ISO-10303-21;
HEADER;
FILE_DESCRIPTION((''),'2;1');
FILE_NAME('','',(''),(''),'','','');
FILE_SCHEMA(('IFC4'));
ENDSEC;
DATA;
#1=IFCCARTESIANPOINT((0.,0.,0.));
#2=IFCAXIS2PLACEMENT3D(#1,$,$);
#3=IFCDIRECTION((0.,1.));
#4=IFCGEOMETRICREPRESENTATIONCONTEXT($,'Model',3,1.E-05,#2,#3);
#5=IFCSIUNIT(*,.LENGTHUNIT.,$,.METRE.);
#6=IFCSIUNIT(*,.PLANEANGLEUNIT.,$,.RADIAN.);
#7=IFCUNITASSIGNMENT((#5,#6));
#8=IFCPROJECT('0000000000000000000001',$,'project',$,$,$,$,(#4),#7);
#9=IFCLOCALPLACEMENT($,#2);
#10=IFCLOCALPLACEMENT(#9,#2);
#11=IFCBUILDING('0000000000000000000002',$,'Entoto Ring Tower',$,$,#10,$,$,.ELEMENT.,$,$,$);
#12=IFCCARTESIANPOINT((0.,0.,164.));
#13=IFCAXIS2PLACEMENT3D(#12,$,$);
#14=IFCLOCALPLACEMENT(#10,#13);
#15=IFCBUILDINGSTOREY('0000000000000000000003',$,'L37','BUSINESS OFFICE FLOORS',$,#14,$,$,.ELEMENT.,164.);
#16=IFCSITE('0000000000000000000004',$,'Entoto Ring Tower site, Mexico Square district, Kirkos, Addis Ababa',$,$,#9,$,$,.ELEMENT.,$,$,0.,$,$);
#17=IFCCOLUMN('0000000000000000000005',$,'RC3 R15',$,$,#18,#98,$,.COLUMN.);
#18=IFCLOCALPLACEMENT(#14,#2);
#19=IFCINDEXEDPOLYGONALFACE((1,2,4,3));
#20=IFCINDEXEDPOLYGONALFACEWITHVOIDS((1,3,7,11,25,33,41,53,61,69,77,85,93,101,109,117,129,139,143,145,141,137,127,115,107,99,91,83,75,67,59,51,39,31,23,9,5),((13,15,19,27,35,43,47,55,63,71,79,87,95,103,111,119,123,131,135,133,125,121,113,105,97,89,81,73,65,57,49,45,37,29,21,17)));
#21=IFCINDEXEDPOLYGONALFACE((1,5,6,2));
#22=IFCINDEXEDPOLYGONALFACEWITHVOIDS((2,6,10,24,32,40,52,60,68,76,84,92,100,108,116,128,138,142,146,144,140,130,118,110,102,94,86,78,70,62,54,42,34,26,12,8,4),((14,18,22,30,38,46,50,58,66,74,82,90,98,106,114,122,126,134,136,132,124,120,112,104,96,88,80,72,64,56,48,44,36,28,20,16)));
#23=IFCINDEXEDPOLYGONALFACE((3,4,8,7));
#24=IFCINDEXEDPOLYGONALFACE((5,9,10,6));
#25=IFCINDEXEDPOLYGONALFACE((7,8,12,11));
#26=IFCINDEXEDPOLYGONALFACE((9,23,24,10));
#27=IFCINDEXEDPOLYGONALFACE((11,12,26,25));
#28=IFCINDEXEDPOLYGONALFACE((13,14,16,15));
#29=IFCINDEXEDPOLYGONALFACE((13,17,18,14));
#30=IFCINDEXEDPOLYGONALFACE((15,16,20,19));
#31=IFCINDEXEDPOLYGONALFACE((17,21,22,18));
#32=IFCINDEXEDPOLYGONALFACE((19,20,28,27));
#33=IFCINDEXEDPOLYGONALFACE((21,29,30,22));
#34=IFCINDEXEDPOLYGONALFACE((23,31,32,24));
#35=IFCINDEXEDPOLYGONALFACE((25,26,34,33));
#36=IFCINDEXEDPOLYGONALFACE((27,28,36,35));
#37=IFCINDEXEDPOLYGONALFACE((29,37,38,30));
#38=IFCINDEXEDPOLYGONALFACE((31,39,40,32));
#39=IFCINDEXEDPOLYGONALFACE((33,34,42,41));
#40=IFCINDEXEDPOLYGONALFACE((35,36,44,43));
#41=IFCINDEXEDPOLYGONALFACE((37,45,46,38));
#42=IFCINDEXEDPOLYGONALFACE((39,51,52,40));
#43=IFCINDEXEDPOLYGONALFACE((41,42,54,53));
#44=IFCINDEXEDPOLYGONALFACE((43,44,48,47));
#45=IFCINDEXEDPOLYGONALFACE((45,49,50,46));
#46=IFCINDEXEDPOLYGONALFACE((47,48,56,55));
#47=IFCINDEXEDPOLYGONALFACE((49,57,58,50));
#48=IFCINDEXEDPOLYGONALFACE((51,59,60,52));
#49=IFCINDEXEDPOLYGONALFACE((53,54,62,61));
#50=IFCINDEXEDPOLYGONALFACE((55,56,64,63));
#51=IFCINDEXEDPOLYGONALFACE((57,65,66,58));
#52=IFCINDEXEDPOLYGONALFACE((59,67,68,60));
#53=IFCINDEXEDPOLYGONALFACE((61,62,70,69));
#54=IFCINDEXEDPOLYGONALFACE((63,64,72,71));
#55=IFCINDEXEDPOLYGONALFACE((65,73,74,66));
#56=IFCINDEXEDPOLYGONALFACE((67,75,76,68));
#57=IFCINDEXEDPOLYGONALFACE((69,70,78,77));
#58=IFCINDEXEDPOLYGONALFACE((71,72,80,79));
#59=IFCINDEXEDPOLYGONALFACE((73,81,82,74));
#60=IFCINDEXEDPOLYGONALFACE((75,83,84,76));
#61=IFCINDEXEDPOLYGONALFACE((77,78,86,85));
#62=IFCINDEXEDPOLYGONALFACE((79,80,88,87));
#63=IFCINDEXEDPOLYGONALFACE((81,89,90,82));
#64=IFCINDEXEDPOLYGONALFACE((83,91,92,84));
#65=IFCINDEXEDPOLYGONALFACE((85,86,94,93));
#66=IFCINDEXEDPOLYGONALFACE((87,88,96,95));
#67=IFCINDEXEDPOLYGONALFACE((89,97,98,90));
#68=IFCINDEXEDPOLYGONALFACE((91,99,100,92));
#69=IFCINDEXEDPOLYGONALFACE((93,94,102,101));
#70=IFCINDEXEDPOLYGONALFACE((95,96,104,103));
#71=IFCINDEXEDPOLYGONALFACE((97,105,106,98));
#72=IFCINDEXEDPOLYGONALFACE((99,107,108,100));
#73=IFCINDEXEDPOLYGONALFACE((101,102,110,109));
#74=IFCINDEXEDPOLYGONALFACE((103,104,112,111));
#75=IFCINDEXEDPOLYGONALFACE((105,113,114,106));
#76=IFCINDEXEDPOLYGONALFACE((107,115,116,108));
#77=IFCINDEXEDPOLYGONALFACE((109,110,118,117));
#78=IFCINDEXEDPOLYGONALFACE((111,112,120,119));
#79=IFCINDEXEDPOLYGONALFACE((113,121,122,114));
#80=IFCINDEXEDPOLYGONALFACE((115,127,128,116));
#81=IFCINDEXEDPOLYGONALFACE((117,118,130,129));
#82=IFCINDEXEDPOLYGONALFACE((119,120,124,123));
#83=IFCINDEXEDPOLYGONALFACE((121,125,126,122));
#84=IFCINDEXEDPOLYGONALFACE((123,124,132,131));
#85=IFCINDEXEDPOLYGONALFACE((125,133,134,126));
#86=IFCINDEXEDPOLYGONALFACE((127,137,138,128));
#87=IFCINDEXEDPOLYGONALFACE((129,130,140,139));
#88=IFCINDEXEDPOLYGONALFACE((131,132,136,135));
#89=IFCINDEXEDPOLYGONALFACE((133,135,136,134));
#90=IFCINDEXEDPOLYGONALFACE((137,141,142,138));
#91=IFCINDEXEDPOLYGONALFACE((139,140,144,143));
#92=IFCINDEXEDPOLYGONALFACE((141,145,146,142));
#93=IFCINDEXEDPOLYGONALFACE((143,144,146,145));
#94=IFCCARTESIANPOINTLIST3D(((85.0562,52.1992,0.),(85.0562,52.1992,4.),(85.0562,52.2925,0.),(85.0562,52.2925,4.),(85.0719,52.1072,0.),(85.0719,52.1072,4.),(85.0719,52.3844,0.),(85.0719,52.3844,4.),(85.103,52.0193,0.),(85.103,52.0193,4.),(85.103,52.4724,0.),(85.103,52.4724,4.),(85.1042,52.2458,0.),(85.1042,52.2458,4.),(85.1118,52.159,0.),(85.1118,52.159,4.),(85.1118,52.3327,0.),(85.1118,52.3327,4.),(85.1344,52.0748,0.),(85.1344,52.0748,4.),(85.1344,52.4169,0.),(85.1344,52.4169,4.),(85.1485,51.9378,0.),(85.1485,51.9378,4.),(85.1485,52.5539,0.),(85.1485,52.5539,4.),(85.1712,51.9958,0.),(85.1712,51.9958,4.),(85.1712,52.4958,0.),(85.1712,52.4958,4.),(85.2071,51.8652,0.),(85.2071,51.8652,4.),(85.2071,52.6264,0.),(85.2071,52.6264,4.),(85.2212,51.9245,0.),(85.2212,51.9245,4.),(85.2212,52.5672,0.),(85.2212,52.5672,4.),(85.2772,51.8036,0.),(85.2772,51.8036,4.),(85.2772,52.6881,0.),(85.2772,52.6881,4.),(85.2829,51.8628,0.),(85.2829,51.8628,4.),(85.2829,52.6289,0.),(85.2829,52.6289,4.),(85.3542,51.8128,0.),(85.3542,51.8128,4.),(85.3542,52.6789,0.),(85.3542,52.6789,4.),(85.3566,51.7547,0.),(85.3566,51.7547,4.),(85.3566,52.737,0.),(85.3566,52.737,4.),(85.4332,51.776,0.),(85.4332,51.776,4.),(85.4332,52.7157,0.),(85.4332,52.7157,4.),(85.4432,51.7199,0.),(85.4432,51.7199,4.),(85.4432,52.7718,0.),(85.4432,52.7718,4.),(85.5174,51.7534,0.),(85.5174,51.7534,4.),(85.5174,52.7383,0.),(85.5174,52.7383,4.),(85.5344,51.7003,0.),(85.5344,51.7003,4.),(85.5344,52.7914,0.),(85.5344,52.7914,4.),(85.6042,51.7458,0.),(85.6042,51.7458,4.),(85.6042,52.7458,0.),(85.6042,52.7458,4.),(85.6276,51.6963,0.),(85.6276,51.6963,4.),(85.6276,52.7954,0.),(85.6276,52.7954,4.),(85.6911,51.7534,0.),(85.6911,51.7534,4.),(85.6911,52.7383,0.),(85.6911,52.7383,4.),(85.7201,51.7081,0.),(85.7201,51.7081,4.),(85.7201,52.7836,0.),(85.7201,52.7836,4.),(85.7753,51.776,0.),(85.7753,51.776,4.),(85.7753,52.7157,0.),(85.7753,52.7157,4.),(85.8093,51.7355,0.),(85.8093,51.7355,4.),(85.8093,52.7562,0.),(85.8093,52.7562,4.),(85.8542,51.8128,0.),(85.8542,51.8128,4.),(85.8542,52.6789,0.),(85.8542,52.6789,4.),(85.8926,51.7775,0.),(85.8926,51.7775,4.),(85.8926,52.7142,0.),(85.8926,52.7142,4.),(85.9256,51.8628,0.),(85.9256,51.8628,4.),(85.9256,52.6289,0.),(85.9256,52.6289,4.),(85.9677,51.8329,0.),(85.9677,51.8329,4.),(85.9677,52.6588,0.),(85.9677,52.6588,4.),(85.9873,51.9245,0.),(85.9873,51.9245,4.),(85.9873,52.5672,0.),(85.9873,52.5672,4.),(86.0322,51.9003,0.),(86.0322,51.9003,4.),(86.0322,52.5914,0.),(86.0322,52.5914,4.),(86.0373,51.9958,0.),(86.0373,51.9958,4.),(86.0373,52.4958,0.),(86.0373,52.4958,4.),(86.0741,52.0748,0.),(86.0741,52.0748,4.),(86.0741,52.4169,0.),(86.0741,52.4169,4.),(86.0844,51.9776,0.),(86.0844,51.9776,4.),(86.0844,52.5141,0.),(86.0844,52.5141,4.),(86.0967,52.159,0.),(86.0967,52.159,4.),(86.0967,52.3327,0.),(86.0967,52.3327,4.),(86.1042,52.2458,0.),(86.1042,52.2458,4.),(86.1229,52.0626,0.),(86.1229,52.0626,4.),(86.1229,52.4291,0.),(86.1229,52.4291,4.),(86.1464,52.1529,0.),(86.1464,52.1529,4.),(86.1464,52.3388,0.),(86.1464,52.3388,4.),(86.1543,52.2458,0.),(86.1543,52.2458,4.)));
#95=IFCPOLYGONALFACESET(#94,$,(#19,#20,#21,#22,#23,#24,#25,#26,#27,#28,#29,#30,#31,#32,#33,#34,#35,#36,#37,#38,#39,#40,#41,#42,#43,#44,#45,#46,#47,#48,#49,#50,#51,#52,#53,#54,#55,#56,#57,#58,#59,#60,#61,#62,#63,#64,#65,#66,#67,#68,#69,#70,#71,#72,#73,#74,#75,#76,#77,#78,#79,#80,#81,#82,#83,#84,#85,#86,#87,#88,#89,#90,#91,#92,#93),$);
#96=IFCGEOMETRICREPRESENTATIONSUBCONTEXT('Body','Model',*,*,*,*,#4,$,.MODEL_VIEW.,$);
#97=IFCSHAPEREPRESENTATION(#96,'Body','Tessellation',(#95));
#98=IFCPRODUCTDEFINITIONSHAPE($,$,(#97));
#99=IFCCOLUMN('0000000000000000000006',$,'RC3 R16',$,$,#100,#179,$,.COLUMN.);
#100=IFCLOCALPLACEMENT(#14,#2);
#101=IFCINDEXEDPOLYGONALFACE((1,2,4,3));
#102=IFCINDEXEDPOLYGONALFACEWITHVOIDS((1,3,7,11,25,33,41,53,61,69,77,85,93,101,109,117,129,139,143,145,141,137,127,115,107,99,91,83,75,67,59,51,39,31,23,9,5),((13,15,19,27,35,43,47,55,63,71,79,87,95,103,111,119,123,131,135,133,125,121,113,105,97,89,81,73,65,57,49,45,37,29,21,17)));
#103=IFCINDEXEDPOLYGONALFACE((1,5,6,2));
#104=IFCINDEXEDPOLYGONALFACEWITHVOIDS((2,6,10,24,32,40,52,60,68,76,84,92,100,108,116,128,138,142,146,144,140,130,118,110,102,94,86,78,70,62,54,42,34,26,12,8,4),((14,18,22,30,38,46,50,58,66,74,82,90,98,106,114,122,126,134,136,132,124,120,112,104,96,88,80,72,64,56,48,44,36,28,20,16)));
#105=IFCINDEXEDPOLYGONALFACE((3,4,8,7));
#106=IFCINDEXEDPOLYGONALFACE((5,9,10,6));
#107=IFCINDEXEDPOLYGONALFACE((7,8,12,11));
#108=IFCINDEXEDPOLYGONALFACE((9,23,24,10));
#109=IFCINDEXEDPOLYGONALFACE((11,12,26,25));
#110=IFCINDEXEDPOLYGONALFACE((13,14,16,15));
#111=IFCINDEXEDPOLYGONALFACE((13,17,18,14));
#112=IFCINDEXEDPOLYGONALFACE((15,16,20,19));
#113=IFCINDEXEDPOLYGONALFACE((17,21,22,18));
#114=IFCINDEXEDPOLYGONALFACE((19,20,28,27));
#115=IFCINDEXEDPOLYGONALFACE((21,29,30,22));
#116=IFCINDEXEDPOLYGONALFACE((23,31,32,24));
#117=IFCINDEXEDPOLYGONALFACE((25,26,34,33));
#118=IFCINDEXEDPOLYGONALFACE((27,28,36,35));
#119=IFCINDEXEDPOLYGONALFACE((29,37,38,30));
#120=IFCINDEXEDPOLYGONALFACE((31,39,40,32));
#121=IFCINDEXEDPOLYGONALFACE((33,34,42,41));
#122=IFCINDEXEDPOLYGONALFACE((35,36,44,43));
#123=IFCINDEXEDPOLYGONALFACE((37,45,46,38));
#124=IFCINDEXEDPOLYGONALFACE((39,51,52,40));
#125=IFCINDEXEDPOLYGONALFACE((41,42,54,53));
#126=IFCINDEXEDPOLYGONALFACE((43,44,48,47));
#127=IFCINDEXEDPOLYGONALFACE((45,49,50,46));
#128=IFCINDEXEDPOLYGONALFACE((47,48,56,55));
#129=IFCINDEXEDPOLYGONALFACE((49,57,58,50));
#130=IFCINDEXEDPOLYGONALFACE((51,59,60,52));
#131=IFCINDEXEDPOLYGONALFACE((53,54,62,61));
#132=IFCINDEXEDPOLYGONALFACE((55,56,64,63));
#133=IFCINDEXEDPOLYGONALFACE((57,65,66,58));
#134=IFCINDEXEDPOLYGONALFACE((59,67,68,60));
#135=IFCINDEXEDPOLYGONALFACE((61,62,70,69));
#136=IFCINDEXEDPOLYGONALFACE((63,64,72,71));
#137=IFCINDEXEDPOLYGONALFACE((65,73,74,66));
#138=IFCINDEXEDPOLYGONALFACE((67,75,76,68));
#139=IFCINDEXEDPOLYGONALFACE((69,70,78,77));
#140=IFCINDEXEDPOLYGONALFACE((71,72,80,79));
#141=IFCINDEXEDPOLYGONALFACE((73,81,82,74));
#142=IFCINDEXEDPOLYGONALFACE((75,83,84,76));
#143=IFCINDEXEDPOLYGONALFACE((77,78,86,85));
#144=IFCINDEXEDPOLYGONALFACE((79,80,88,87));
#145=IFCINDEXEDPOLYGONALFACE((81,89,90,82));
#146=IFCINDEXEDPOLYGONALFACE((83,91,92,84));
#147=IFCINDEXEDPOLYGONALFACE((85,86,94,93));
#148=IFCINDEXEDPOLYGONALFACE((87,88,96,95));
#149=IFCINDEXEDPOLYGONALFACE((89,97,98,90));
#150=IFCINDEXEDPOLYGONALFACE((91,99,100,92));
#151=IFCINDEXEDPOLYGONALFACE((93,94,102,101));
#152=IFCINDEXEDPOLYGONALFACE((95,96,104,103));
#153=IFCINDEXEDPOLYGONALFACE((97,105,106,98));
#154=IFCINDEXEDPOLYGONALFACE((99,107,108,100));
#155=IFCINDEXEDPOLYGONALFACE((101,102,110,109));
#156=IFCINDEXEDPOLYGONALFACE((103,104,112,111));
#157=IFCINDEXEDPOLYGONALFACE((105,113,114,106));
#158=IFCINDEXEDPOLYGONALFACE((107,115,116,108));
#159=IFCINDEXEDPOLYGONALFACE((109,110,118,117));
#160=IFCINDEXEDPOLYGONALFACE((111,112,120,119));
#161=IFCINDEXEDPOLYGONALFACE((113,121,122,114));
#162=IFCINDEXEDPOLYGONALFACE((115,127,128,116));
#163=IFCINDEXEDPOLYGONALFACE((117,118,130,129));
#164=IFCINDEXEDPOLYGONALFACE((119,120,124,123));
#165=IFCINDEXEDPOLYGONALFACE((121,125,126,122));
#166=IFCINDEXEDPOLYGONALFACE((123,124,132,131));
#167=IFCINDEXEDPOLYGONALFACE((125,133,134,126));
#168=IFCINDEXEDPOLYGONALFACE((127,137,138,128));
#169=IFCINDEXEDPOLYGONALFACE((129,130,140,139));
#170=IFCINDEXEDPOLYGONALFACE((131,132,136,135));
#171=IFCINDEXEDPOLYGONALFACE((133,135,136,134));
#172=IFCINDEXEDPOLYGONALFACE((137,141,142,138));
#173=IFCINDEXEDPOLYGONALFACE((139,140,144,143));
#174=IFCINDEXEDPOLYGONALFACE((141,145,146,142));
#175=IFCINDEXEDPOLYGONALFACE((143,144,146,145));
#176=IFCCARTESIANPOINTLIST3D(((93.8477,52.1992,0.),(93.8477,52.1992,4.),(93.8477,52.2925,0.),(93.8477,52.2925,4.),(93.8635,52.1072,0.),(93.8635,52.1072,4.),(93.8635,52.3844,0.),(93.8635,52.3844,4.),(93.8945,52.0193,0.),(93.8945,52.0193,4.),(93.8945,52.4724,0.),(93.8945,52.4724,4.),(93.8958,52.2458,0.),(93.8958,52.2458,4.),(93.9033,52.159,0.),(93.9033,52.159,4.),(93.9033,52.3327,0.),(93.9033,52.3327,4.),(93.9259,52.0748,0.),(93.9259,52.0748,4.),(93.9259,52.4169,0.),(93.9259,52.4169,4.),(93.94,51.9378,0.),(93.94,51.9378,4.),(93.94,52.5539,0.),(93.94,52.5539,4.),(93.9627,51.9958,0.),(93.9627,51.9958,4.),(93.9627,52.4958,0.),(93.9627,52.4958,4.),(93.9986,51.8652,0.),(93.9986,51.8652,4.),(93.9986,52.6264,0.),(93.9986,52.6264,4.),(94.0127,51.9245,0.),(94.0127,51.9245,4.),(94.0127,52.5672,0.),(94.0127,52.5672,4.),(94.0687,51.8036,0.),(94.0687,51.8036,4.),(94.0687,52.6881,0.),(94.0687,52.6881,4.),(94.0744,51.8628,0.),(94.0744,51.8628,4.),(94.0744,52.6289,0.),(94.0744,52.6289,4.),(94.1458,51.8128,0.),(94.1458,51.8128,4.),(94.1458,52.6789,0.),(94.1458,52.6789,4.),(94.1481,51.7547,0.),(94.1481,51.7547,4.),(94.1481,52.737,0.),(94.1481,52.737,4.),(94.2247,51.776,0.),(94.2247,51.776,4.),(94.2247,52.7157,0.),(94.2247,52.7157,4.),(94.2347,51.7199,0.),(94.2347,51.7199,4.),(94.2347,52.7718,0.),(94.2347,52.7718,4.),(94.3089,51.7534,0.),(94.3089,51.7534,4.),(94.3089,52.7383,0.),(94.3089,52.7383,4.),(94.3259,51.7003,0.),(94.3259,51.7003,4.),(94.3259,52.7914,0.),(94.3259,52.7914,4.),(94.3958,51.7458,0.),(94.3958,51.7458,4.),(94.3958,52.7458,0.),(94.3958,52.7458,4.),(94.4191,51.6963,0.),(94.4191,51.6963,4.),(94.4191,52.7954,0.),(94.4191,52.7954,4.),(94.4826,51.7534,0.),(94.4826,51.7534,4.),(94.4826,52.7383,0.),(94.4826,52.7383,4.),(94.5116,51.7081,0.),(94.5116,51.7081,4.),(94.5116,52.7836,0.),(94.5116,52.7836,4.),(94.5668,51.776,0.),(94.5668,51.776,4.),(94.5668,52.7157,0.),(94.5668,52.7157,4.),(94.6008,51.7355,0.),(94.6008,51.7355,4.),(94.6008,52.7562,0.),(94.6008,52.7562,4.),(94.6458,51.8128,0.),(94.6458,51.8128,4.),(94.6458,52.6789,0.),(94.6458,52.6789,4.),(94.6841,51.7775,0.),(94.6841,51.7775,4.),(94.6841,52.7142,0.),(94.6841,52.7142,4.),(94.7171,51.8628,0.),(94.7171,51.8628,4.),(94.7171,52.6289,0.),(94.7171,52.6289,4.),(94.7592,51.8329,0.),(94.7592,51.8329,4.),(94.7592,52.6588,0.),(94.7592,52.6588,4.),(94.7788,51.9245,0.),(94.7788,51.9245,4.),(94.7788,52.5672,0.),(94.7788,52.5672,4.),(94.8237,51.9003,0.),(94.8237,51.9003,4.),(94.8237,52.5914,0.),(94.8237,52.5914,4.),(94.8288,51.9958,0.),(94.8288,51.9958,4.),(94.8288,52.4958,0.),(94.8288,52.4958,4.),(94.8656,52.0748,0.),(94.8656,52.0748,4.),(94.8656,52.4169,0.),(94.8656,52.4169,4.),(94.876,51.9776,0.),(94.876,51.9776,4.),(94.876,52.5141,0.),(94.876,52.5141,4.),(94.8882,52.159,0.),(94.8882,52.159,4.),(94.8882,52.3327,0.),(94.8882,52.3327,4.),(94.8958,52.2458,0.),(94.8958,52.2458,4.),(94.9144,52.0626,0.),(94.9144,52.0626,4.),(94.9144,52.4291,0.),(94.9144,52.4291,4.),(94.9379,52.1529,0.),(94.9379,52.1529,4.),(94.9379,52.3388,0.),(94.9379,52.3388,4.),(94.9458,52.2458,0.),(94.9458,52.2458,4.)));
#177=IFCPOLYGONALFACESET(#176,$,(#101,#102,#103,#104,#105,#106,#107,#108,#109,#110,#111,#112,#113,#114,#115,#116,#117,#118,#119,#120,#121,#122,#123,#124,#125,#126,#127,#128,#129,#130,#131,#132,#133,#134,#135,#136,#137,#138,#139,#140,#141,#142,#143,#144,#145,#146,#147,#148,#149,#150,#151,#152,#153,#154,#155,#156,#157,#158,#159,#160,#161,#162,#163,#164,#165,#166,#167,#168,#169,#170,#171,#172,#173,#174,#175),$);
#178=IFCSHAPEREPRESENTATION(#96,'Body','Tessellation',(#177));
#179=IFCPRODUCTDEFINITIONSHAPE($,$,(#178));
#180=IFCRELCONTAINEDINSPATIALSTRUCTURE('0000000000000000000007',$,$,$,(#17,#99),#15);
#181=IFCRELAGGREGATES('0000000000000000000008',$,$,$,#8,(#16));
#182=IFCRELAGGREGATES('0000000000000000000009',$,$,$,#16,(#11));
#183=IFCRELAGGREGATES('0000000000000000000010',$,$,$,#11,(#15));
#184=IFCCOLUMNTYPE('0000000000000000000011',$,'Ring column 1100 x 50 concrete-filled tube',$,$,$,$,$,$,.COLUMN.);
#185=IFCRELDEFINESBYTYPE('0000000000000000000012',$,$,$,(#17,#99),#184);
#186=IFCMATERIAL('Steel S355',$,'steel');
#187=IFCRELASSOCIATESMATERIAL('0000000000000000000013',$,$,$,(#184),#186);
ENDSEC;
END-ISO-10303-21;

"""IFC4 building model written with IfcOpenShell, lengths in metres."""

from ifc_helpers import new_model, si_unit, direction, frame, origin, origin_2d, place, context, subcontext, project, spatial, circle, hollow_circle, extrude, material, material_profile, profile_set, type_object, element, save


model = new_model("IFC4")

# Units and contexts
model_context = context("Model", 3, precision=1e-05, world=origin(), true_north=direction((0.0, 1.0)))
body_context = subcontext(model_context, "Body", "Model", "MODEL_VIEW")
ifc_project = project(units=[si_unit("LENGTHUNIT", "METRE"), si_unit("PLANEANGLEUNIT", "RADIAN")], contexts=[model_context])

# Site, building, storey
site_placement = place(None, origin())
site = spatial("IfcSite", under=ifc_project, at=site_placement, Name="Entoto Ring Tower site, Mexico Square district, Kirkos, Addis Ababa", CompositionType="ELEMENT", RefElevation=0.0)
building_placement = place(site_placement, origin())
building = spatial("IfcBuilding", under=site, at=building_placement, Name="Entoto Ring Tower", CompositionType="ELEMENT")
storey_placement = place(building_placement, frame((0.0, 0.0, 164.0)))
storey = spatial("IfcBuildingStorey", under=building, at=storey_placement, Name="L37", Description="BUSINESS OFFICE FLOORS", CompositionType="ELEMENT", Elevation=164.0)

# Columns
ifc_material_1 = material(Name="Steel S355", Category="steel")
ifc_material_profile_1 = material_profile(ifc_material_1, hollow_circle(Radius=0.55, WallThickness=0.05, at=origin_2d()), Name="CHS 1100 x 50")
ifc_material_2 = material(Name="Concrete C60/75", Category="concrete")
ifc_material_profile_2 = material_profile(ifc_material_2, circle(Radius=0.5, at=origin_2d()), Name="Concrete C60/75 infill")
ifc_profile_set_1 = profile_set([ifc_material_profile_1, ifc_material_profile_2], Name="Steel S355")
column_type = type_object("IfcColumnType", Name="Ring column 1100 x 50 concrete-filled tube", PredefinedType="COLUMN", material=ifc_profile_set_1)
for number, where, z_axis, x_axis, name in (
    (1, (85.6042, 52.2458, 0.0), (0.0, 0.0, 1.0), (1.0, 0.0, 0.0), "RC3 R15"),
    (2, (94.3958, 52.2458, 0.0), (0.0, 0.0, 1.0), (1.0, 0.0, 0.0), "RC3 R16"),
):
    element("IfcColumn", number, at=place(storey_placement, frame(where, z_axis=z_axis, x_axis=x_axis)), inside=storey, type_object=column_type, Name=name, PredefinedType="COLUMN", context=body_context, shape_type="SweptSolid", body=[
        extrude(hollow_circle(Radius=0.55, WallThickness=0.05, at=origin_2d()), origin(), (0.0, 0.0, 1.0), 4.0),
    ])

save(model, "model.ifc")
